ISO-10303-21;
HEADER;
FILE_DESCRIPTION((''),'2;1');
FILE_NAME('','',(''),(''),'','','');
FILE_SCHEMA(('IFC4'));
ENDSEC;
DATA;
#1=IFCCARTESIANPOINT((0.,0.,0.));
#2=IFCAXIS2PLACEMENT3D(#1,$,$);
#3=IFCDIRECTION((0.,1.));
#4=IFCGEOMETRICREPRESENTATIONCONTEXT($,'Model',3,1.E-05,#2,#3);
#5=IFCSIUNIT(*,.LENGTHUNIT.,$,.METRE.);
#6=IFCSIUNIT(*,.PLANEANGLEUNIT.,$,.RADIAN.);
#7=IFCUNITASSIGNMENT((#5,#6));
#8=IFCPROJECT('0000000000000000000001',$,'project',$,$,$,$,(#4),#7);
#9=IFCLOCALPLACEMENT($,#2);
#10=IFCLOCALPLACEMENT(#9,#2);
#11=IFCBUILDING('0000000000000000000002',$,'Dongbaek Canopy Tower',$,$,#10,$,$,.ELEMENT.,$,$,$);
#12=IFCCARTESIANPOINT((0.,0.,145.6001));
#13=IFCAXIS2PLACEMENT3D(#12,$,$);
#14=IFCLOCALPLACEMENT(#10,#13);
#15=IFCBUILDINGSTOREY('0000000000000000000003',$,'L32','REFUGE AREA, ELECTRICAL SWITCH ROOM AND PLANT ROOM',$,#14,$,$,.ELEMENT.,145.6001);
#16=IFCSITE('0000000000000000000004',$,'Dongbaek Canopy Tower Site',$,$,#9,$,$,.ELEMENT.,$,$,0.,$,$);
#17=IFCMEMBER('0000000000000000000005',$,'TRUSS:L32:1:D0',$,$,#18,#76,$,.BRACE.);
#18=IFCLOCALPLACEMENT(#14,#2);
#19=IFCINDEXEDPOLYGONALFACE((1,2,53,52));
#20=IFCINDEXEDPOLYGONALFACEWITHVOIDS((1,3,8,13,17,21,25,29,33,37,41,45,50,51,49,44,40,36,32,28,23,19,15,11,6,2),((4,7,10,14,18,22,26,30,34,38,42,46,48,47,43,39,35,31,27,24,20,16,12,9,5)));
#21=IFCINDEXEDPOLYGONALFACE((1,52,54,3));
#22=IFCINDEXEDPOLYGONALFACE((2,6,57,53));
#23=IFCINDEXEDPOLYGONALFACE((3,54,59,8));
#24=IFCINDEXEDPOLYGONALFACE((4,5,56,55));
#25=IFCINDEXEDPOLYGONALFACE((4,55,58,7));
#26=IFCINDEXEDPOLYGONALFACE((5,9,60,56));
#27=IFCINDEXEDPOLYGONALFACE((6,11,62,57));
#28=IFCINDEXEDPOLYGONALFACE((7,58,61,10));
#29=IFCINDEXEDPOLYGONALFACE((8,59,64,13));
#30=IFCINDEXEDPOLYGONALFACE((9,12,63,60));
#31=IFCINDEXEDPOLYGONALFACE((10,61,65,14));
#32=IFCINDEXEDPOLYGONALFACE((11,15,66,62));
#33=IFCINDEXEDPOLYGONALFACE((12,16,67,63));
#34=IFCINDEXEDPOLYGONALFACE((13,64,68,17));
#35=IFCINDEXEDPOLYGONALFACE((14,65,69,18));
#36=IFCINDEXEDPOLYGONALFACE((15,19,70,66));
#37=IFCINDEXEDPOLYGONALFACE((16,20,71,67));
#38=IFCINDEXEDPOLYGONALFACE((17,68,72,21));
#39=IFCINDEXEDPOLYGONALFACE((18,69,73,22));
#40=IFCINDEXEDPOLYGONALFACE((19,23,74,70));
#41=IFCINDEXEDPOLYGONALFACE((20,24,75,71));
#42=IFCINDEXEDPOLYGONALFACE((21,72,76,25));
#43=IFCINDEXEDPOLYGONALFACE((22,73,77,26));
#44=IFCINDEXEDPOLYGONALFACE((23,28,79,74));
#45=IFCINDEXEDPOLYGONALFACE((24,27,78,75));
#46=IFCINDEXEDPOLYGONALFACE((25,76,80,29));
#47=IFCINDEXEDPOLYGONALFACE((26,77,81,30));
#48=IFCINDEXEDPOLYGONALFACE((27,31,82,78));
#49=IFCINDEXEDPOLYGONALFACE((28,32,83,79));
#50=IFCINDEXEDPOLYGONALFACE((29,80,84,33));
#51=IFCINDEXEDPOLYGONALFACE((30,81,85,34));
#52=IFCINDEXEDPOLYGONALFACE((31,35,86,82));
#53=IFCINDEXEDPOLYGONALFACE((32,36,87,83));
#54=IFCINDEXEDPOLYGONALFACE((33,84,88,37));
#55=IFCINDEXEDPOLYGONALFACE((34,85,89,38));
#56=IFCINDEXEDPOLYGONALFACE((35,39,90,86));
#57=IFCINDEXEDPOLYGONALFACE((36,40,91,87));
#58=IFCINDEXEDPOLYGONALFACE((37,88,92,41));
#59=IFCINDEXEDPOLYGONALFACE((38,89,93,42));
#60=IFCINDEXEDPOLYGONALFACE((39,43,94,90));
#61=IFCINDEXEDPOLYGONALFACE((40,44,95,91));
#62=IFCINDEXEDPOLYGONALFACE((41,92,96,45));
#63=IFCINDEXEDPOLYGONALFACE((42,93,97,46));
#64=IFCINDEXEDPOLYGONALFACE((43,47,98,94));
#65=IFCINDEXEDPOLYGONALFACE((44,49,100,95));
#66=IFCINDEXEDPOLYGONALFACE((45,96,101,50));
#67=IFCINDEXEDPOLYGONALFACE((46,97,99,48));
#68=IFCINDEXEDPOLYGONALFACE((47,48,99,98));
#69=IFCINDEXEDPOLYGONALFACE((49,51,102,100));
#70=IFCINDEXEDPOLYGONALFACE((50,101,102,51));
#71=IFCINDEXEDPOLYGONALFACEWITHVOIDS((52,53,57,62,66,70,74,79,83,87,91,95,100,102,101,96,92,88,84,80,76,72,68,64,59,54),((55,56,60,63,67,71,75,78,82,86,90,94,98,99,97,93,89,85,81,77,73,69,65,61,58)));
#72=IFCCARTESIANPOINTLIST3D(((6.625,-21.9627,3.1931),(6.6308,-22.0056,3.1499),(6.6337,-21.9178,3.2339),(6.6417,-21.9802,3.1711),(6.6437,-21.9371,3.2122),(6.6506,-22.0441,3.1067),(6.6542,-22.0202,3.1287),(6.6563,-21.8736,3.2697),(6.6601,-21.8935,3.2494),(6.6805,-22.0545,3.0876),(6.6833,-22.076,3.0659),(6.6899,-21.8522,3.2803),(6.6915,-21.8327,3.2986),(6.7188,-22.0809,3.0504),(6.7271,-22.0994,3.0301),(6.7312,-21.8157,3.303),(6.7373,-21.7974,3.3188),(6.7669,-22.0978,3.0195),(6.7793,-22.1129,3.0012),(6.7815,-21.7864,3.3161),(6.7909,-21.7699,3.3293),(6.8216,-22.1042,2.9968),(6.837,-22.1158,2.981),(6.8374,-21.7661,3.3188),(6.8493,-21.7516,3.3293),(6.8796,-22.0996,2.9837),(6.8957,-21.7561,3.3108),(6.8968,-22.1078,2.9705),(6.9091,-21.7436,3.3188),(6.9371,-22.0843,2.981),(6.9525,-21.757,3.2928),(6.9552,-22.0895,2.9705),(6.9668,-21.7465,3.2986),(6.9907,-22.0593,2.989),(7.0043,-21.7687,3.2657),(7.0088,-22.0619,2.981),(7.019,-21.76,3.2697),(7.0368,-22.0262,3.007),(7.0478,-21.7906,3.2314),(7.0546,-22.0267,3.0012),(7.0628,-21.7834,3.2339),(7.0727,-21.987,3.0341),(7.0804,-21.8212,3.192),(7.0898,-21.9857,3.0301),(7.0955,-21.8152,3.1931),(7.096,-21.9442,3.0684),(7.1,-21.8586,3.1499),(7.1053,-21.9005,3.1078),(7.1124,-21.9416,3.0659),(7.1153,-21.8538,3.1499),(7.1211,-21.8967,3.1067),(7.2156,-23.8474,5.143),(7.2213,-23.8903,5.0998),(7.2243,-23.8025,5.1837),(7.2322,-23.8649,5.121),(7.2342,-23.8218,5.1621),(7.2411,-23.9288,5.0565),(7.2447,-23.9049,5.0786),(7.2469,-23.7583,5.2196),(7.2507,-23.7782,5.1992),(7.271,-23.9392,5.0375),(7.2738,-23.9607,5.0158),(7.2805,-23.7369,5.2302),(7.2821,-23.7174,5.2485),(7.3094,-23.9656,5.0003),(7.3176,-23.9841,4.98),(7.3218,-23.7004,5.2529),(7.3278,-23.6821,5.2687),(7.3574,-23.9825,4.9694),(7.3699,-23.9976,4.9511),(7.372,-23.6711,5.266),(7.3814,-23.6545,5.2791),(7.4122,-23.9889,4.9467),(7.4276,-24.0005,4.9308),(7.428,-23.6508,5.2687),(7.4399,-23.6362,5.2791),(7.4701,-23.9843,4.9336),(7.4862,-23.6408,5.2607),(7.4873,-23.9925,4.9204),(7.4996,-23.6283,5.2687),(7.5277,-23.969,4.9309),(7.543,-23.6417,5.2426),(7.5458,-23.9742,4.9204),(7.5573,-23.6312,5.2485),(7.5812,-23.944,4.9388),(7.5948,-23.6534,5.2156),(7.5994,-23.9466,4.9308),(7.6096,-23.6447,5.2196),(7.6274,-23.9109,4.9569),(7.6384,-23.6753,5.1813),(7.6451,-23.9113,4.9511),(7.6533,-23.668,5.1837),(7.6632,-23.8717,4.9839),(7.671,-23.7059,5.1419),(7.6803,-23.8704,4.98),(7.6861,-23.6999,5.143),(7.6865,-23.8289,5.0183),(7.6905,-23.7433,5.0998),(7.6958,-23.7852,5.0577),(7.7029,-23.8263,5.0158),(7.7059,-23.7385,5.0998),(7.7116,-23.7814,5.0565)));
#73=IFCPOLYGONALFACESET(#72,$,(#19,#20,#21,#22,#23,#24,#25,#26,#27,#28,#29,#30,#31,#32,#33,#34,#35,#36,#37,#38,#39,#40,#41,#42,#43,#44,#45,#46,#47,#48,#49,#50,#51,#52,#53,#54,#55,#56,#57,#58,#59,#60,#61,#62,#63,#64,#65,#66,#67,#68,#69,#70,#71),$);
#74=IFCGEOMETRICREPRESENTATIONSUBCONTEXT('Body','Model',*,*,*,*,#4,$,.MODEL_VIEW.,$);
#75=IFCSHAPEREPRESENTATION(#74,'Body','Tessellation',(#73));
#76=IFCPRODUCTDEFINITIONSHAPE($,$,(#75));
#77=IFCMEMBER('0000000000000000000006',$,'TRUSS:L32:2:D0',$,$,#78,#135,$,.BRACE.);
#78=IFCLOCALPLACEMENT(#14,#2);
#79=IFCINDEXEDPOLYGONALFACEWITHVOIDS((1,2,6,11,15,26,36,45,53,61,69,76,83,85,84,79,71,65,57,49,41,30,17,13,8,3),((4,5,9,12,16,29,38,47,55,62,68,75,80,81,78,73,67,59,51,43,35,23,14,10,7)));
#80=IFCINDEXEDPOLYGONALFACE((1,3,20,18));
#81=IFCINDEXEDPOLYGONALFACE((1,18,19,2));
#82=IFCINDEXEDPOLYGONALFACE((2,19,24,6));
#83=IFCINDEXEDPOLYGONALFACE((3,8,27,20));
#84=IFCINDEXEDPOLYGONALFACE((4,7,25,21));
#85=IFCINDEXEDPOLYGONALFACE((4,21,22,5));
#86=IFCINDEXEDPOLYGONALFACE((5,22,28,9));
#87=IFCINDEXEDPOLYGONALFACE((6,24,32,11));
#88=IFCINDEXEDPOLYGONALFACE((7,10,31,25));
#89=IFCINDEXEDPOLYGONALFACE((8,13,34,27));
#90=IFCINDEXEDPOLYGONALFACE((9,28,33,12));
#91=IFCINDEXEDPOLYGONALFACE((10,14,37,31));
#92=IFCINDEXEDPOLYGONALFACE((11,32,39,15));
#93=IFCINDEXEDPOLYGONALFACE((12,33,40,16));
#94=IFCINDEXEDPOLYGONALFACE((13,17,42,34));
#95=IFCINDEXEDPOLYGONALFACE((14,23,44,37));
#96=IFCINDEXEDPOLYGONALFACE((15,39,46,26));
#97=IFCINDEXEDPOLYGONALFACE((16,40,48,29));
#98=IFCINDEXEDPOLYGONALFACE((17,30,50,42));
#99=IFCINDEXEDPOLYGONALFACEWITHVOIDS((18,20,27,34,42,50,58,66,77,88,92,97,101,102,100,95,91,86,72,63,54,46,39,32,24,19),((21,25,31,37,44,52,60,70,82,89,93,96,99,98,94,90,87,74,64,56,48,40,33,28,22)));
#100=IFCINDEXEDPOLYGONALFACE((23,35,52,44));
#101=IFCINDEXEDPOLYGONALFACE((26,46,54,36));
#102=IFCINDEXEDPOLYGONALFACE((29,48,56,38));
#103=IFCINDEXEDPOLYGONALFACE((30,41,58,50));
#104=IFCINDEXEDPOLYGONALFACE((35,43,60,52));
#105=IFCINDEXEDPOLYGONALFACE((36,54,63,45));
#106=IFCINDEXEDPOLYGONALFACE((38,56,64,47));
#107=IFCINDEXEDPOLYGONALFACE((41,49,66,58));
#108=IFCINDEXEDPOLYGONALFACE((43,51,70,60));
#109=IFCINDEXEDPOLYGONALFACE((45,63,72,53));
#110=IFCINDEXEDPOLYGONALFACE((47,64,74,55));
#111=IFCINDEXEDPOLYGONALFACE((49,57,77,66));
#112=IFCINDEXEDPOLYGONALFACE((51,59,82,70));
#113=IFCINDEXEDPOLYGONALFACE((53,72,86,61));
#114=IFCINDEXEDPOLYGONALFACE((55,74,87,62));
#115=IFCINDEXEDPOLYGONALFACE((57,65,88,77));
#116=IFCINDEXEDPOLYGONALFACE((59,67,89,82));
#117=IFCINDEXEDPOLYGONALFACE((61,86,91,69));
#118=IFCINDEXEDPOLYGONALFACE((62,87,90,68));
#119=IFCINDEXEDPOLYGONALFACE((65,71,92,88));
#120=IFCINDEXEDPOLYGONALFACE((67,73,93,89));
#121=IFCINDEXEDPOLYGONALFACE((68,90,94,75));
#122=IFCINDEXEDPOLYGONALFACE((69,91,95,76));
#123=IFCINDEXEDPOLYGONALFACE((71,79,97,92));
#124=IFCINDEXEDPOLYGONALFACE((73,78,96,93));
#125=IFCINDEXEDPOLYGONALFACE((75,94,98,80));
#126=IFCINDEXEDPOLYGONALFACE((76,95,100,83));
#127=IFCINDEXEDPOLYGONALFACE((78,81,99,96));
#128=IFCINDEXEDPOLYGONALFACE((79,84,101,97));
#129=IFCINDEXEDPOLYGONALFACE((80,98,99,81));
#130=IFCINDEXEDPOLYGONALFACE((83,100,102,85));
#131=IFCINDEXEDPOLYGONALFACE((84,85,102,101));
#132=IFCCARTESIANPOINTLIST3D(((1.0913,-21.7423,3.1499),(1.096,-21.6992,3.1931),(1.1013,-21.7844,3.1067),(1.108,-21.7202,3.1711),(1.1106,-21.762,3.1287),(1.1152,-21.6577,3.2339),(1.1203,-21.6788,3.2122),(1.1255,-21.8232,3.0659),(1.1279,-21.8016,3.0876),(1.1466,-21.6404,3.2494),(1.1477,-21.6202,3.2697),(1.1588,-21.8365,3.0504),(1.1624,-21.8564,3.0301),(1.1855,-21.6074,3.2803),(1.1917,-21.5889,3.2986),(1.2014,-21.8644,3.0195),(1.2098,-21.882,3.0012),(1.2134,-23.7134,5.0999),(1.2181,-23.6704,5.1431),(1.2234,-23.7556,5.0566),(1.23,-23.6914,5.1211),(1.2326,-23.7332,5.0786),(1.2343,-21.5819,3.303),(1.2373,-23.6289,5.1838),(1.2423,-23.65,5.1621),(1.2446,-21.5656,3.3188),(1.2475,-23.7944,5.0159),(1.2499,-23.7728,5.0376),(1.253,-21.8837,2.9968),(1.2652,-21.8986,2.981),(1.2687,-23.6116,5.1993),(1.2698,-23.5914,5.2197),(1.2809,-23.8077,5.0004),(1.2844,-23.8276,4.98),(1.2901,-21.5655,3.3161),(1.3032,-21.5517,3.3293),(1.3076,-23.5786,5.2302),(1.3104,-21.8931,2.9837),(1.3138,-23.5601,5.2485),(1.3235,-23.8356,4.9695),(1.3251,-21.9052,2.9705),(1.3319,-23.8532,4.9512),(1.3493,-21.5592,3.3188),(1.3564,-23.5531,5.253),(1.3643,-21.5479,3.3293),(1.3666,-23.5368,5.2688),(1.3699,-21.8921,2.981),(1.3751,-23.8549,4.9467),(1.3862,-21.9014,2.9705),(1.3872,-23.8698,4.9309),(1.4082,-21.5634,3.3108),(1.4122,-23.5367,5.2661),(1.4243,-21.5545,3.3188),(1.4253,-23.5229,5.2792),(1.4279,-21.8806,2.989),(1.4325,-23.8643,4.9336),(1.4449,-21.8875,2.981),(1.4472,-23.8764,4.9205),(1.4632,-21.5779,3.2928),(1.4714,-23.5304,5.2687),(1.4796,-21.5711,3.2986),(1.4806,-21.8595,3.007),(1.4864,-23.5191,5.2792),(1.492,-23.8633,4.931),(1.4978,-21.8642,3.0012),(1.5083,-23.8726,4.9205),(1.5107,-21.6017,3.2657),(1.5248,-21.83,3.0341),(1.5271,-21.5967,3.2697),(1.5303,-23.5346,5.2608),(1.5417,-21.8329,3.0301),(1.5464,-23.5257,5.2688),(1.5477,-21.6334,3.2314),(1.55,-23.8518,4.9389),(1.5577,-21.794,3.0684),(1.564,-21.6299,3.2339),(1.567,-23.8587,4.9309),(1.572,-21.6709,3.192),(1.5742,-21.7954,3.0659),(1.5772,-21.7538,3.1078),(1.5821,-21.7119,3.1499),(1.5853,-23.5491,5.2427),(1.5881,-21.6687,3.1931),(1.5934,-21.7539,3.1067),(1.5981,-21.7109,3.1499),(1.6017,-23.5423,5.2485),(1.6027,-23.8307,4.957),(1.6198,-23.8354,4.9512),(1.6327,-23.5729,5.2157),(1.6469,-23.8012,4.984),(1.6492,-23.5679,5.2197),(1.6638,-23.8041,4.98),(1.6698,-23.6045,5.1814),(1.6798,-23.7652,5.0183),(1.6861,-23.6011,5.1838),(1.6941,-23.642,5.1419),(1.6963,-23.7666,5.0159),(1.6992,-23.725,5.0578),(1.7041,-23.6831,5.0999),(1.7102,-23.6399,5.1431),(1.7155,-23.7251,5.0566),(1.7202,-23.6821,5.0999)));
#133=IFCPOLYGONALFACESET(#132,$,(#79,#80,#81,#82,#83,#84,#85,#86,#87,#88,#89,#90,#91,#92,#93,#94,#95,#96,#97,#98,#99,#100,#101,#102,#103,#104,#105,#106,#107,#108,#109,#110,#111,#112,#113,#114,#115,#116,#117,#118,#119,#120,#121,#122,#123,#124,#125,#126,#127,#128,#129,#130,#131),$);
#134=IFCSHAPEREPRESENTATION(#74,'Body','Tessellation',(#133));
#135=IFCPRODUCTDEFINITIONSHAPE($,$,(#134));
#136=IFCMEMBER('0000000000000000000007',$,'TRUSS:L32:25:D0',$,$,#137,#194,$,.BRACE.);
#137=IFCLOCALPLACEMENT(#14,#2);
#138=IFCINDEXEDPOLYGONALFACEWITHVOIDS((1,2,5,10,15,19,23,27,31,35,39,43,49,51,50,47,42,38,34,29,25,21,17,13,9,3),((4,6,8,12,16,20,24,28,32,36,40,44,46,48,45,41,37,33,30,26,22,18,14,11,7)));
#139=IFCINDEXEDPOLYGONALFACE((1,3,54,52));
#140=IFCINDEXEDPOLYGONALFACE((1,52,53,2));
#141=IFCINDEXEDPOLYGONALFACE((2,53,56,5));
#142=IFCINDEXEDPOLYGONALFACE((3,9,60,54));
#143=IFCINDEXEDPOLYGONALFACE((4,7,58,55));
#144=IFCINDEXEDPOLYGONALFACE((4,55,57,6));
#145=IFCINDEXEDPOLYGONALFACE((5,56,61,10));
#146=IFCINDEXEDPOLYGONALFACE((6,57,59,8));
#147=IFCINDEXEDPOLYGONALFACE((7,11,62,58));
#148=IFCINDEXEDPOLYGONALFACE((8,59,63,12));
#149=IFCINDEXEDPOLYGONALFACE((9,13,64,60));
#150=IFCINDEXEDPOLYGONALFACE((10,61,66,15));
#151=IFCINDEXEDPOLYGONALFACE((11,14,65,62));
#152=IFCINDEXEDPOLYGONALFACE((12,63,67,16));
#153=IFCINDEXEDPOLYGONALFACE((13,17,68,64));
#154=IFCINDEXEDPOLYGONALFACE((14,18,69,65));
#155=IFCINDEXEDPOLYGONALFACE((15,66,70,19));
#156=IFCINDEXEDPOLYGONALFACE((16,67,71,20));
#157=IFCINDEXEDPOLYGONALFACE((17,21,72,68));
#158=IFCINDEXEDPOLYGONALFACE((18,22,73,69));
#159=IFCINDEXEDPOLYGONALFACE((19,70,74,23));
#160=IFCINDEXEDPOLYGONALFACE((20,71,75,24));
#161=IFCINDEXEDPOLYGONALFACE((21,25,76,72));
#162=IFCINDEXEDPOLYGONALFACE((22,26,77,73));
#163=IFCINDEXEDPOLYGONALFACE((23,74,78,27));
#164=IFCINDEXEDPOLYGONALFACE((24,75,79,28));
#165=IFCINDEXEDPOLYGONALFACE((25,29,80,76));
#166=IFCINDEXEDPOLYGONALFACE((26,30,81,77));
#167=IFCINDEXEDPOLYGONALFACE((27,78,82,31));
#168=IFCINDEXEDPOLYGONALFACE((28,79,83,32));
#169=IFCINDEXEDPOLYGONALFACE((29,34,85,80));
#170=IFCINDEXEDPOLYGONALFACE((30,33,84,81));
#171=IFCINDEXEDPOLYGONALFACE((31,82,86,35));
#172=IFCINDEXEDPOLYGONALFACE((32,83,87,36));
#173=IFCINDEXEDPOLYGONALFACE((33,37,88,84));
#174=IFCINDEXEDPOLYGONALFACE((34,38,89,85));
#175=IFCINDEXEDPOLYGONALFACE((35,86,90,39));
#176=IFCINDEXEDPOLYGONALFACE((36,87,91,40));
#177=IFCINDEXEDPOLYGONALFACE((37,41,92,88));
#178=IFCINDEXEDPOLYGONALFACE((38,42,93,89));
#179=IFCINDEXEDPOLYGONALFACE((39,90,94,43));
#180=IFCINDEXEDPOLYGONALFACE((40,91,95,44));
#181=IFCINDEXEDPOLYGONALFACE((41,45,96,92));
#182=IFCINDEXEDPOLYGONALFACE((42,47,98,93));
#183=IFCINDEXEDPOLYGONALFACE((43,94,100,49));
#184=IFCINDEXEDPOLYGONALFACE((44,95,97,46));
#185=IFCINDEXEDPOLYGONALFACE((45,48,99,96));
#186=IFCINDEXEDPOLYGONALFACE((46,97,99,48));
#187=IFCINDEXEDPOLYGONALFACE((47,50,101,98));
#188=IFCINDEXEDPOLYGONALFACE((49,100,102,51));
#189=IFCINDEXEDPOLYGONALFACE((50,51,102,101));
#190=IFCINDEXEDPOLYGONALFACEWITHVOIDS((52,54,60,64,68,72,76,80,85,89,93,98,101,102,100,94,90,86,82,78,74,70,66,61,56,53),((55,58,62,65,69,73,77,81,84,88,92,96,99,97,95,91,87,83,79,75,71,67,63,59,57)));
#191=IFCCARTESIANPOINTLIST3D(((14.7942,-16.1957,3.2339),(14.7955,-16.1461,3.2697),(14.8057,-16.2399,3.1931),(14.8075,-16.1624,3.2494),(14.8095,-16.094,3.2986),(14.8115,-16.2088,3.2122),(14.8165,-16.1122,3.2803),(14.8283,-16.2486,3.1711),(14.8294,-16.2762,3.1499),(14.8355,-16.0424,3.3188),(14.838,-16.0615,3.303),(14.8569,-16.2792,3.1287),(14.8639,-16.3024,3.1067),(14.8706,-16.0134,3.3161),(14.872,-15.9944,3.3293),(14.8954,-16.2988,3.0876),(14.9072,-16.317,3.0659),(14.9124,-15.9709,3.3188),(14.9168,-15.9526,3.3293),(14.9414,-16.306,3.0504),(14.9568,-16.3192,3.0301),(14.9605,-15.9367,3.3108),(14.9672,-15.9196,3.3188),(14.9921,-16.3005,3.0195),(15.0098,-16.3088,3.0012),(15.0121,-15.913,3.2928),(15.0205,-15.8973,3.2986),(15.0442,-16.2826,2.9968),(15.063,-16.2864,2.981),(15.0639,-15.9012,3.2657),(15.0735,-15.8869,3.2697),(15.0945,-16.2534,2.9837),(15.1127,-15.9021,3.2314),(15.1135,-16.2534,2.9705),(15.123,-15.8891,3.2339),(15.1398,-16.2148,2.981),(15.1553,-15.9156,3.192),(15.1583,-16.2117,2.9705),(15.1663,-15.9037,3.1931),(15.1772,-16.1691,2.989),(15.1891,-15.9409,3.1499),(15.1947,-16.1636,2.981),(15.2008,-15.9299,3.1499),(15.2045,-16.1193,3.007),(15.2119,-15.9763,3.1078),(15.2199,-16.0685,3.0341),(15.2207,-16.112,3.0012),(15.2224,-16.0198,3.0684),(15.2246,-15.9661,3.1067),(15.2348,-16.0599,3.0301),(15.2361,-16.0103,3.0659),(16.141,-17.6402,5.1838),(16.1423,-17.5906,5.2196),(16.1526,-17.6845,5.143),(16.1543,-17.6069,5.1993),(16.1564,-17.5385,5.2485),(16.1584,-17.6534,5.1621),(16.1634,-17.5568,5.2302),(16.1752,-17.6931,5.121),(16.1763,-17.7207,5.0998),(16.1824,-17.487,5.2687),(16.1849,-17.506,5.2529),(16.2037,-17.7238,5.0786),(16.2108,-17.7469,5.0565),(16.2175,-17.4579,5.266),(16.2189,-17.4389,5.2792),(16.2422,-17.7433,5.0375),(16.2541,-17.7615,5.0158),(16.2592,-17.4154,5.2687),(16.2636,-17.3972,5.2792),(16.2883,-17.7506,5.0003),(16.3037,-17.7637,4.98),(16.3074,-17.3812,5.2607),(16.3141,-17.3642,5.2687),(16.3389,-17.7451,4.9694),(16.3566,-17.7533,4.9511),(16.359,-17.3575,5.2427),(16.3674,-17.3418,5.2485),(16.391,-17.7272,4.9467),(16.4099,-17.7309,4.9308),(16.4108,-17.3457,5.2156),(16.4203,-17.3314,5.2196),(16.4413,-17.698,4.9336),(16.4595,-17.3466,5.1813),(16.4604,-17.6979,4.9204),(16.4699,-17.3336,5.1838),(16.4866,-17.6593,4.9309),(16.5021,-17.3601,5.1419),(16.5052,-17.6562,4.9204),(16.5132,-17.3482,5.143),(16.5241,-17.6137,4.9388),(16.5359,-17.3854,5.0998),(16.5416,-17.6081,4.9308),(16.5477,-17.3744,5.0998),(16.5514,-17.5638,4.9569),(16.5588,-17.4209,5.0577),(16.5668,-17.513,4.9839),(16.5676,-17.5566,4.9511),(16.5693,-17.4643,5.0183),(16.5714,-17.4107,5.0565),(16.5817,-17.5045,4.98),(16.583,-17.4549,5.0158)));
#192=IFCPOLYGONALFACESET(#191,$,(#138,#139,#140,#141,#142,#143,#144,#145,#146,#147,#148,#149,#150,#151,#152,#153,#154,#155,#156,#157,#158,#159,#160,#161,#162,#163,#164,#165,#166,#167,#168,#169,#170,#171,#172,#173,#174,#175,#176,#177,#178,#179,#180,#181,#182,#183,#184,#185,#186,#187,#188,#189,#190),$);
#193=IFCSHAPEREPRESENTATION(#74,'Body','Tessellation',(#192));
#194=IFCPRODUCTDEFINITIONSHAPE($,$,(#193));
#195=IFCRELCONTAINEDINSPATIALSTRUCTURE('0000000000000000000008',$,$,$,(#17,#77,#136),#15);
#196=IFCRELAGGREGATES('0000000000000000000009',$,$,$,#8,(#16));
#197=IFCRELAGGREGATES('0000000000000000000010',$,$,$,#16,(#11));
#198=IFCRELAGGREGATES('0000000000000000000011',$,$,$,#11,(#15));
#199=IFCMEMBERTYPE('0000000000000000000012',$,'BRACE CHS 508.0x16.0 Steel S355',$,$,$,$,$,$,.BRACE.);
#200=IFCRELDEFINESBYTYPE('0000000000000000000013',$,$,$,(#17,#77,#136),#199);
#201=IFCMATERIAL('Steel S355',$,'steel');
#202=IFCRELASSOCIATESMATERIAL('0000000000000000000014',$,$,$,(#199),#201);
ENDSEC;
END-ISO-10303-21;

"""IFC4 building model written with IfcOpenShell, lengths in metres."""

from ifc_helpers import new_model, si_unit, direction, frame, origin, origin_2d, place, context, subcontext, project, spatial, hollow_circle, extrude, material, material_profile, profile_set, type_object, element, save


model = new_model("IFC4")

# Units and contexts
model_context = context("Model", 3, precision=1e-05, world=origin(), true_north=direction((0.0, 1.0)))
body_context = subcontext(model_context, "Body", "Model", "MODEL_VIEW")
ifc_project = project(units=[si_unit("LENGTHUNIT", "METRE"), si_unit("PLANEANGLEUNIT", "RADIAN")], contexts=[model_context])

# Site, building, storey
site_placement = place(None, origin())
site = spatial("IfcSite", under=ifc_project, at=site_placement, Name="Dongbaek Canopy Tower Site", CompositionType="ELEMENT", RefElevation=0.0)
building_placement = place(site_placement, origin())
building = spatial("IfcBuilding", under=site, at=building_placement, Name="Dongbaek Canopy Tower", CompositionType="ELEMENT")
storey_placement = place(building_placement, frame((0.0, 0.0, 145.6001)))
storey = spatial("IfcBuildingStorey", under=building, at=storey_placement, Name="L32", Description="REFUGE AREA, ELECTRICAL SWITCH ROOM AND PLANT ROOM", CompositionType="ELEMENT", Elevation=145.6001)

# Members
ifc_material_1 = material(Name="Steel S355", Category="steel")
ifc_material_profile_1 = material_profile(ifc_material_1, hollow_circle(Radius=0.2539, WallThickness=0.0161, at=origin_2d()), Name="BRACE CHS 508.0x16.0 Steel S355")
ifc_profile_set_1 = profile_set([ifc_material_profile_1], Name="Steel S355")
member_type_1 = type_object("IfcMemberType", Name="BRACE CHS 508.0x16.0 Steel S355", PredefinedType="BRACE", material=ifc_profile_set_1)
for number, where, z_axis, x_axis, name in (
    (1, (6.873, -21.9297, 3.1499), (0.212781, -0.679071, 0.702557), (0.954251, 0.299007, 0.0), "TRUSS:L32:1:D0"),
    (2, (1.3447, -21.7266, 3.1499), (0.043983, -0.710239, 0.702586), (0.998088, 0.061809, 0.0), "TRUSS:L32:2:D0"),
    (3, (15.0151, -16.103, 3.1499), (0.485293, -0.520478, 0.702562), (0.731396, 0.681953, 0.0), "TRUSS:L32:25:D0"),
):
    element("IfcMember", number, at=place(storey_placement, frame(where, z_axis=z_axis, x_axis=x_axis)), inside=storey, type_object=member_type_1, Name=name, PredefinedType="BRACE", context=body_context, shape_type="SweptSolid", body=[
        extrude(hollow_circle(Radius=0.2539, WallThickness=0.0161, at=origin_2d()), origin(), (0.0, 0.0, 1.0), 2.7754),
    ])

save(model, "model.ifc")
